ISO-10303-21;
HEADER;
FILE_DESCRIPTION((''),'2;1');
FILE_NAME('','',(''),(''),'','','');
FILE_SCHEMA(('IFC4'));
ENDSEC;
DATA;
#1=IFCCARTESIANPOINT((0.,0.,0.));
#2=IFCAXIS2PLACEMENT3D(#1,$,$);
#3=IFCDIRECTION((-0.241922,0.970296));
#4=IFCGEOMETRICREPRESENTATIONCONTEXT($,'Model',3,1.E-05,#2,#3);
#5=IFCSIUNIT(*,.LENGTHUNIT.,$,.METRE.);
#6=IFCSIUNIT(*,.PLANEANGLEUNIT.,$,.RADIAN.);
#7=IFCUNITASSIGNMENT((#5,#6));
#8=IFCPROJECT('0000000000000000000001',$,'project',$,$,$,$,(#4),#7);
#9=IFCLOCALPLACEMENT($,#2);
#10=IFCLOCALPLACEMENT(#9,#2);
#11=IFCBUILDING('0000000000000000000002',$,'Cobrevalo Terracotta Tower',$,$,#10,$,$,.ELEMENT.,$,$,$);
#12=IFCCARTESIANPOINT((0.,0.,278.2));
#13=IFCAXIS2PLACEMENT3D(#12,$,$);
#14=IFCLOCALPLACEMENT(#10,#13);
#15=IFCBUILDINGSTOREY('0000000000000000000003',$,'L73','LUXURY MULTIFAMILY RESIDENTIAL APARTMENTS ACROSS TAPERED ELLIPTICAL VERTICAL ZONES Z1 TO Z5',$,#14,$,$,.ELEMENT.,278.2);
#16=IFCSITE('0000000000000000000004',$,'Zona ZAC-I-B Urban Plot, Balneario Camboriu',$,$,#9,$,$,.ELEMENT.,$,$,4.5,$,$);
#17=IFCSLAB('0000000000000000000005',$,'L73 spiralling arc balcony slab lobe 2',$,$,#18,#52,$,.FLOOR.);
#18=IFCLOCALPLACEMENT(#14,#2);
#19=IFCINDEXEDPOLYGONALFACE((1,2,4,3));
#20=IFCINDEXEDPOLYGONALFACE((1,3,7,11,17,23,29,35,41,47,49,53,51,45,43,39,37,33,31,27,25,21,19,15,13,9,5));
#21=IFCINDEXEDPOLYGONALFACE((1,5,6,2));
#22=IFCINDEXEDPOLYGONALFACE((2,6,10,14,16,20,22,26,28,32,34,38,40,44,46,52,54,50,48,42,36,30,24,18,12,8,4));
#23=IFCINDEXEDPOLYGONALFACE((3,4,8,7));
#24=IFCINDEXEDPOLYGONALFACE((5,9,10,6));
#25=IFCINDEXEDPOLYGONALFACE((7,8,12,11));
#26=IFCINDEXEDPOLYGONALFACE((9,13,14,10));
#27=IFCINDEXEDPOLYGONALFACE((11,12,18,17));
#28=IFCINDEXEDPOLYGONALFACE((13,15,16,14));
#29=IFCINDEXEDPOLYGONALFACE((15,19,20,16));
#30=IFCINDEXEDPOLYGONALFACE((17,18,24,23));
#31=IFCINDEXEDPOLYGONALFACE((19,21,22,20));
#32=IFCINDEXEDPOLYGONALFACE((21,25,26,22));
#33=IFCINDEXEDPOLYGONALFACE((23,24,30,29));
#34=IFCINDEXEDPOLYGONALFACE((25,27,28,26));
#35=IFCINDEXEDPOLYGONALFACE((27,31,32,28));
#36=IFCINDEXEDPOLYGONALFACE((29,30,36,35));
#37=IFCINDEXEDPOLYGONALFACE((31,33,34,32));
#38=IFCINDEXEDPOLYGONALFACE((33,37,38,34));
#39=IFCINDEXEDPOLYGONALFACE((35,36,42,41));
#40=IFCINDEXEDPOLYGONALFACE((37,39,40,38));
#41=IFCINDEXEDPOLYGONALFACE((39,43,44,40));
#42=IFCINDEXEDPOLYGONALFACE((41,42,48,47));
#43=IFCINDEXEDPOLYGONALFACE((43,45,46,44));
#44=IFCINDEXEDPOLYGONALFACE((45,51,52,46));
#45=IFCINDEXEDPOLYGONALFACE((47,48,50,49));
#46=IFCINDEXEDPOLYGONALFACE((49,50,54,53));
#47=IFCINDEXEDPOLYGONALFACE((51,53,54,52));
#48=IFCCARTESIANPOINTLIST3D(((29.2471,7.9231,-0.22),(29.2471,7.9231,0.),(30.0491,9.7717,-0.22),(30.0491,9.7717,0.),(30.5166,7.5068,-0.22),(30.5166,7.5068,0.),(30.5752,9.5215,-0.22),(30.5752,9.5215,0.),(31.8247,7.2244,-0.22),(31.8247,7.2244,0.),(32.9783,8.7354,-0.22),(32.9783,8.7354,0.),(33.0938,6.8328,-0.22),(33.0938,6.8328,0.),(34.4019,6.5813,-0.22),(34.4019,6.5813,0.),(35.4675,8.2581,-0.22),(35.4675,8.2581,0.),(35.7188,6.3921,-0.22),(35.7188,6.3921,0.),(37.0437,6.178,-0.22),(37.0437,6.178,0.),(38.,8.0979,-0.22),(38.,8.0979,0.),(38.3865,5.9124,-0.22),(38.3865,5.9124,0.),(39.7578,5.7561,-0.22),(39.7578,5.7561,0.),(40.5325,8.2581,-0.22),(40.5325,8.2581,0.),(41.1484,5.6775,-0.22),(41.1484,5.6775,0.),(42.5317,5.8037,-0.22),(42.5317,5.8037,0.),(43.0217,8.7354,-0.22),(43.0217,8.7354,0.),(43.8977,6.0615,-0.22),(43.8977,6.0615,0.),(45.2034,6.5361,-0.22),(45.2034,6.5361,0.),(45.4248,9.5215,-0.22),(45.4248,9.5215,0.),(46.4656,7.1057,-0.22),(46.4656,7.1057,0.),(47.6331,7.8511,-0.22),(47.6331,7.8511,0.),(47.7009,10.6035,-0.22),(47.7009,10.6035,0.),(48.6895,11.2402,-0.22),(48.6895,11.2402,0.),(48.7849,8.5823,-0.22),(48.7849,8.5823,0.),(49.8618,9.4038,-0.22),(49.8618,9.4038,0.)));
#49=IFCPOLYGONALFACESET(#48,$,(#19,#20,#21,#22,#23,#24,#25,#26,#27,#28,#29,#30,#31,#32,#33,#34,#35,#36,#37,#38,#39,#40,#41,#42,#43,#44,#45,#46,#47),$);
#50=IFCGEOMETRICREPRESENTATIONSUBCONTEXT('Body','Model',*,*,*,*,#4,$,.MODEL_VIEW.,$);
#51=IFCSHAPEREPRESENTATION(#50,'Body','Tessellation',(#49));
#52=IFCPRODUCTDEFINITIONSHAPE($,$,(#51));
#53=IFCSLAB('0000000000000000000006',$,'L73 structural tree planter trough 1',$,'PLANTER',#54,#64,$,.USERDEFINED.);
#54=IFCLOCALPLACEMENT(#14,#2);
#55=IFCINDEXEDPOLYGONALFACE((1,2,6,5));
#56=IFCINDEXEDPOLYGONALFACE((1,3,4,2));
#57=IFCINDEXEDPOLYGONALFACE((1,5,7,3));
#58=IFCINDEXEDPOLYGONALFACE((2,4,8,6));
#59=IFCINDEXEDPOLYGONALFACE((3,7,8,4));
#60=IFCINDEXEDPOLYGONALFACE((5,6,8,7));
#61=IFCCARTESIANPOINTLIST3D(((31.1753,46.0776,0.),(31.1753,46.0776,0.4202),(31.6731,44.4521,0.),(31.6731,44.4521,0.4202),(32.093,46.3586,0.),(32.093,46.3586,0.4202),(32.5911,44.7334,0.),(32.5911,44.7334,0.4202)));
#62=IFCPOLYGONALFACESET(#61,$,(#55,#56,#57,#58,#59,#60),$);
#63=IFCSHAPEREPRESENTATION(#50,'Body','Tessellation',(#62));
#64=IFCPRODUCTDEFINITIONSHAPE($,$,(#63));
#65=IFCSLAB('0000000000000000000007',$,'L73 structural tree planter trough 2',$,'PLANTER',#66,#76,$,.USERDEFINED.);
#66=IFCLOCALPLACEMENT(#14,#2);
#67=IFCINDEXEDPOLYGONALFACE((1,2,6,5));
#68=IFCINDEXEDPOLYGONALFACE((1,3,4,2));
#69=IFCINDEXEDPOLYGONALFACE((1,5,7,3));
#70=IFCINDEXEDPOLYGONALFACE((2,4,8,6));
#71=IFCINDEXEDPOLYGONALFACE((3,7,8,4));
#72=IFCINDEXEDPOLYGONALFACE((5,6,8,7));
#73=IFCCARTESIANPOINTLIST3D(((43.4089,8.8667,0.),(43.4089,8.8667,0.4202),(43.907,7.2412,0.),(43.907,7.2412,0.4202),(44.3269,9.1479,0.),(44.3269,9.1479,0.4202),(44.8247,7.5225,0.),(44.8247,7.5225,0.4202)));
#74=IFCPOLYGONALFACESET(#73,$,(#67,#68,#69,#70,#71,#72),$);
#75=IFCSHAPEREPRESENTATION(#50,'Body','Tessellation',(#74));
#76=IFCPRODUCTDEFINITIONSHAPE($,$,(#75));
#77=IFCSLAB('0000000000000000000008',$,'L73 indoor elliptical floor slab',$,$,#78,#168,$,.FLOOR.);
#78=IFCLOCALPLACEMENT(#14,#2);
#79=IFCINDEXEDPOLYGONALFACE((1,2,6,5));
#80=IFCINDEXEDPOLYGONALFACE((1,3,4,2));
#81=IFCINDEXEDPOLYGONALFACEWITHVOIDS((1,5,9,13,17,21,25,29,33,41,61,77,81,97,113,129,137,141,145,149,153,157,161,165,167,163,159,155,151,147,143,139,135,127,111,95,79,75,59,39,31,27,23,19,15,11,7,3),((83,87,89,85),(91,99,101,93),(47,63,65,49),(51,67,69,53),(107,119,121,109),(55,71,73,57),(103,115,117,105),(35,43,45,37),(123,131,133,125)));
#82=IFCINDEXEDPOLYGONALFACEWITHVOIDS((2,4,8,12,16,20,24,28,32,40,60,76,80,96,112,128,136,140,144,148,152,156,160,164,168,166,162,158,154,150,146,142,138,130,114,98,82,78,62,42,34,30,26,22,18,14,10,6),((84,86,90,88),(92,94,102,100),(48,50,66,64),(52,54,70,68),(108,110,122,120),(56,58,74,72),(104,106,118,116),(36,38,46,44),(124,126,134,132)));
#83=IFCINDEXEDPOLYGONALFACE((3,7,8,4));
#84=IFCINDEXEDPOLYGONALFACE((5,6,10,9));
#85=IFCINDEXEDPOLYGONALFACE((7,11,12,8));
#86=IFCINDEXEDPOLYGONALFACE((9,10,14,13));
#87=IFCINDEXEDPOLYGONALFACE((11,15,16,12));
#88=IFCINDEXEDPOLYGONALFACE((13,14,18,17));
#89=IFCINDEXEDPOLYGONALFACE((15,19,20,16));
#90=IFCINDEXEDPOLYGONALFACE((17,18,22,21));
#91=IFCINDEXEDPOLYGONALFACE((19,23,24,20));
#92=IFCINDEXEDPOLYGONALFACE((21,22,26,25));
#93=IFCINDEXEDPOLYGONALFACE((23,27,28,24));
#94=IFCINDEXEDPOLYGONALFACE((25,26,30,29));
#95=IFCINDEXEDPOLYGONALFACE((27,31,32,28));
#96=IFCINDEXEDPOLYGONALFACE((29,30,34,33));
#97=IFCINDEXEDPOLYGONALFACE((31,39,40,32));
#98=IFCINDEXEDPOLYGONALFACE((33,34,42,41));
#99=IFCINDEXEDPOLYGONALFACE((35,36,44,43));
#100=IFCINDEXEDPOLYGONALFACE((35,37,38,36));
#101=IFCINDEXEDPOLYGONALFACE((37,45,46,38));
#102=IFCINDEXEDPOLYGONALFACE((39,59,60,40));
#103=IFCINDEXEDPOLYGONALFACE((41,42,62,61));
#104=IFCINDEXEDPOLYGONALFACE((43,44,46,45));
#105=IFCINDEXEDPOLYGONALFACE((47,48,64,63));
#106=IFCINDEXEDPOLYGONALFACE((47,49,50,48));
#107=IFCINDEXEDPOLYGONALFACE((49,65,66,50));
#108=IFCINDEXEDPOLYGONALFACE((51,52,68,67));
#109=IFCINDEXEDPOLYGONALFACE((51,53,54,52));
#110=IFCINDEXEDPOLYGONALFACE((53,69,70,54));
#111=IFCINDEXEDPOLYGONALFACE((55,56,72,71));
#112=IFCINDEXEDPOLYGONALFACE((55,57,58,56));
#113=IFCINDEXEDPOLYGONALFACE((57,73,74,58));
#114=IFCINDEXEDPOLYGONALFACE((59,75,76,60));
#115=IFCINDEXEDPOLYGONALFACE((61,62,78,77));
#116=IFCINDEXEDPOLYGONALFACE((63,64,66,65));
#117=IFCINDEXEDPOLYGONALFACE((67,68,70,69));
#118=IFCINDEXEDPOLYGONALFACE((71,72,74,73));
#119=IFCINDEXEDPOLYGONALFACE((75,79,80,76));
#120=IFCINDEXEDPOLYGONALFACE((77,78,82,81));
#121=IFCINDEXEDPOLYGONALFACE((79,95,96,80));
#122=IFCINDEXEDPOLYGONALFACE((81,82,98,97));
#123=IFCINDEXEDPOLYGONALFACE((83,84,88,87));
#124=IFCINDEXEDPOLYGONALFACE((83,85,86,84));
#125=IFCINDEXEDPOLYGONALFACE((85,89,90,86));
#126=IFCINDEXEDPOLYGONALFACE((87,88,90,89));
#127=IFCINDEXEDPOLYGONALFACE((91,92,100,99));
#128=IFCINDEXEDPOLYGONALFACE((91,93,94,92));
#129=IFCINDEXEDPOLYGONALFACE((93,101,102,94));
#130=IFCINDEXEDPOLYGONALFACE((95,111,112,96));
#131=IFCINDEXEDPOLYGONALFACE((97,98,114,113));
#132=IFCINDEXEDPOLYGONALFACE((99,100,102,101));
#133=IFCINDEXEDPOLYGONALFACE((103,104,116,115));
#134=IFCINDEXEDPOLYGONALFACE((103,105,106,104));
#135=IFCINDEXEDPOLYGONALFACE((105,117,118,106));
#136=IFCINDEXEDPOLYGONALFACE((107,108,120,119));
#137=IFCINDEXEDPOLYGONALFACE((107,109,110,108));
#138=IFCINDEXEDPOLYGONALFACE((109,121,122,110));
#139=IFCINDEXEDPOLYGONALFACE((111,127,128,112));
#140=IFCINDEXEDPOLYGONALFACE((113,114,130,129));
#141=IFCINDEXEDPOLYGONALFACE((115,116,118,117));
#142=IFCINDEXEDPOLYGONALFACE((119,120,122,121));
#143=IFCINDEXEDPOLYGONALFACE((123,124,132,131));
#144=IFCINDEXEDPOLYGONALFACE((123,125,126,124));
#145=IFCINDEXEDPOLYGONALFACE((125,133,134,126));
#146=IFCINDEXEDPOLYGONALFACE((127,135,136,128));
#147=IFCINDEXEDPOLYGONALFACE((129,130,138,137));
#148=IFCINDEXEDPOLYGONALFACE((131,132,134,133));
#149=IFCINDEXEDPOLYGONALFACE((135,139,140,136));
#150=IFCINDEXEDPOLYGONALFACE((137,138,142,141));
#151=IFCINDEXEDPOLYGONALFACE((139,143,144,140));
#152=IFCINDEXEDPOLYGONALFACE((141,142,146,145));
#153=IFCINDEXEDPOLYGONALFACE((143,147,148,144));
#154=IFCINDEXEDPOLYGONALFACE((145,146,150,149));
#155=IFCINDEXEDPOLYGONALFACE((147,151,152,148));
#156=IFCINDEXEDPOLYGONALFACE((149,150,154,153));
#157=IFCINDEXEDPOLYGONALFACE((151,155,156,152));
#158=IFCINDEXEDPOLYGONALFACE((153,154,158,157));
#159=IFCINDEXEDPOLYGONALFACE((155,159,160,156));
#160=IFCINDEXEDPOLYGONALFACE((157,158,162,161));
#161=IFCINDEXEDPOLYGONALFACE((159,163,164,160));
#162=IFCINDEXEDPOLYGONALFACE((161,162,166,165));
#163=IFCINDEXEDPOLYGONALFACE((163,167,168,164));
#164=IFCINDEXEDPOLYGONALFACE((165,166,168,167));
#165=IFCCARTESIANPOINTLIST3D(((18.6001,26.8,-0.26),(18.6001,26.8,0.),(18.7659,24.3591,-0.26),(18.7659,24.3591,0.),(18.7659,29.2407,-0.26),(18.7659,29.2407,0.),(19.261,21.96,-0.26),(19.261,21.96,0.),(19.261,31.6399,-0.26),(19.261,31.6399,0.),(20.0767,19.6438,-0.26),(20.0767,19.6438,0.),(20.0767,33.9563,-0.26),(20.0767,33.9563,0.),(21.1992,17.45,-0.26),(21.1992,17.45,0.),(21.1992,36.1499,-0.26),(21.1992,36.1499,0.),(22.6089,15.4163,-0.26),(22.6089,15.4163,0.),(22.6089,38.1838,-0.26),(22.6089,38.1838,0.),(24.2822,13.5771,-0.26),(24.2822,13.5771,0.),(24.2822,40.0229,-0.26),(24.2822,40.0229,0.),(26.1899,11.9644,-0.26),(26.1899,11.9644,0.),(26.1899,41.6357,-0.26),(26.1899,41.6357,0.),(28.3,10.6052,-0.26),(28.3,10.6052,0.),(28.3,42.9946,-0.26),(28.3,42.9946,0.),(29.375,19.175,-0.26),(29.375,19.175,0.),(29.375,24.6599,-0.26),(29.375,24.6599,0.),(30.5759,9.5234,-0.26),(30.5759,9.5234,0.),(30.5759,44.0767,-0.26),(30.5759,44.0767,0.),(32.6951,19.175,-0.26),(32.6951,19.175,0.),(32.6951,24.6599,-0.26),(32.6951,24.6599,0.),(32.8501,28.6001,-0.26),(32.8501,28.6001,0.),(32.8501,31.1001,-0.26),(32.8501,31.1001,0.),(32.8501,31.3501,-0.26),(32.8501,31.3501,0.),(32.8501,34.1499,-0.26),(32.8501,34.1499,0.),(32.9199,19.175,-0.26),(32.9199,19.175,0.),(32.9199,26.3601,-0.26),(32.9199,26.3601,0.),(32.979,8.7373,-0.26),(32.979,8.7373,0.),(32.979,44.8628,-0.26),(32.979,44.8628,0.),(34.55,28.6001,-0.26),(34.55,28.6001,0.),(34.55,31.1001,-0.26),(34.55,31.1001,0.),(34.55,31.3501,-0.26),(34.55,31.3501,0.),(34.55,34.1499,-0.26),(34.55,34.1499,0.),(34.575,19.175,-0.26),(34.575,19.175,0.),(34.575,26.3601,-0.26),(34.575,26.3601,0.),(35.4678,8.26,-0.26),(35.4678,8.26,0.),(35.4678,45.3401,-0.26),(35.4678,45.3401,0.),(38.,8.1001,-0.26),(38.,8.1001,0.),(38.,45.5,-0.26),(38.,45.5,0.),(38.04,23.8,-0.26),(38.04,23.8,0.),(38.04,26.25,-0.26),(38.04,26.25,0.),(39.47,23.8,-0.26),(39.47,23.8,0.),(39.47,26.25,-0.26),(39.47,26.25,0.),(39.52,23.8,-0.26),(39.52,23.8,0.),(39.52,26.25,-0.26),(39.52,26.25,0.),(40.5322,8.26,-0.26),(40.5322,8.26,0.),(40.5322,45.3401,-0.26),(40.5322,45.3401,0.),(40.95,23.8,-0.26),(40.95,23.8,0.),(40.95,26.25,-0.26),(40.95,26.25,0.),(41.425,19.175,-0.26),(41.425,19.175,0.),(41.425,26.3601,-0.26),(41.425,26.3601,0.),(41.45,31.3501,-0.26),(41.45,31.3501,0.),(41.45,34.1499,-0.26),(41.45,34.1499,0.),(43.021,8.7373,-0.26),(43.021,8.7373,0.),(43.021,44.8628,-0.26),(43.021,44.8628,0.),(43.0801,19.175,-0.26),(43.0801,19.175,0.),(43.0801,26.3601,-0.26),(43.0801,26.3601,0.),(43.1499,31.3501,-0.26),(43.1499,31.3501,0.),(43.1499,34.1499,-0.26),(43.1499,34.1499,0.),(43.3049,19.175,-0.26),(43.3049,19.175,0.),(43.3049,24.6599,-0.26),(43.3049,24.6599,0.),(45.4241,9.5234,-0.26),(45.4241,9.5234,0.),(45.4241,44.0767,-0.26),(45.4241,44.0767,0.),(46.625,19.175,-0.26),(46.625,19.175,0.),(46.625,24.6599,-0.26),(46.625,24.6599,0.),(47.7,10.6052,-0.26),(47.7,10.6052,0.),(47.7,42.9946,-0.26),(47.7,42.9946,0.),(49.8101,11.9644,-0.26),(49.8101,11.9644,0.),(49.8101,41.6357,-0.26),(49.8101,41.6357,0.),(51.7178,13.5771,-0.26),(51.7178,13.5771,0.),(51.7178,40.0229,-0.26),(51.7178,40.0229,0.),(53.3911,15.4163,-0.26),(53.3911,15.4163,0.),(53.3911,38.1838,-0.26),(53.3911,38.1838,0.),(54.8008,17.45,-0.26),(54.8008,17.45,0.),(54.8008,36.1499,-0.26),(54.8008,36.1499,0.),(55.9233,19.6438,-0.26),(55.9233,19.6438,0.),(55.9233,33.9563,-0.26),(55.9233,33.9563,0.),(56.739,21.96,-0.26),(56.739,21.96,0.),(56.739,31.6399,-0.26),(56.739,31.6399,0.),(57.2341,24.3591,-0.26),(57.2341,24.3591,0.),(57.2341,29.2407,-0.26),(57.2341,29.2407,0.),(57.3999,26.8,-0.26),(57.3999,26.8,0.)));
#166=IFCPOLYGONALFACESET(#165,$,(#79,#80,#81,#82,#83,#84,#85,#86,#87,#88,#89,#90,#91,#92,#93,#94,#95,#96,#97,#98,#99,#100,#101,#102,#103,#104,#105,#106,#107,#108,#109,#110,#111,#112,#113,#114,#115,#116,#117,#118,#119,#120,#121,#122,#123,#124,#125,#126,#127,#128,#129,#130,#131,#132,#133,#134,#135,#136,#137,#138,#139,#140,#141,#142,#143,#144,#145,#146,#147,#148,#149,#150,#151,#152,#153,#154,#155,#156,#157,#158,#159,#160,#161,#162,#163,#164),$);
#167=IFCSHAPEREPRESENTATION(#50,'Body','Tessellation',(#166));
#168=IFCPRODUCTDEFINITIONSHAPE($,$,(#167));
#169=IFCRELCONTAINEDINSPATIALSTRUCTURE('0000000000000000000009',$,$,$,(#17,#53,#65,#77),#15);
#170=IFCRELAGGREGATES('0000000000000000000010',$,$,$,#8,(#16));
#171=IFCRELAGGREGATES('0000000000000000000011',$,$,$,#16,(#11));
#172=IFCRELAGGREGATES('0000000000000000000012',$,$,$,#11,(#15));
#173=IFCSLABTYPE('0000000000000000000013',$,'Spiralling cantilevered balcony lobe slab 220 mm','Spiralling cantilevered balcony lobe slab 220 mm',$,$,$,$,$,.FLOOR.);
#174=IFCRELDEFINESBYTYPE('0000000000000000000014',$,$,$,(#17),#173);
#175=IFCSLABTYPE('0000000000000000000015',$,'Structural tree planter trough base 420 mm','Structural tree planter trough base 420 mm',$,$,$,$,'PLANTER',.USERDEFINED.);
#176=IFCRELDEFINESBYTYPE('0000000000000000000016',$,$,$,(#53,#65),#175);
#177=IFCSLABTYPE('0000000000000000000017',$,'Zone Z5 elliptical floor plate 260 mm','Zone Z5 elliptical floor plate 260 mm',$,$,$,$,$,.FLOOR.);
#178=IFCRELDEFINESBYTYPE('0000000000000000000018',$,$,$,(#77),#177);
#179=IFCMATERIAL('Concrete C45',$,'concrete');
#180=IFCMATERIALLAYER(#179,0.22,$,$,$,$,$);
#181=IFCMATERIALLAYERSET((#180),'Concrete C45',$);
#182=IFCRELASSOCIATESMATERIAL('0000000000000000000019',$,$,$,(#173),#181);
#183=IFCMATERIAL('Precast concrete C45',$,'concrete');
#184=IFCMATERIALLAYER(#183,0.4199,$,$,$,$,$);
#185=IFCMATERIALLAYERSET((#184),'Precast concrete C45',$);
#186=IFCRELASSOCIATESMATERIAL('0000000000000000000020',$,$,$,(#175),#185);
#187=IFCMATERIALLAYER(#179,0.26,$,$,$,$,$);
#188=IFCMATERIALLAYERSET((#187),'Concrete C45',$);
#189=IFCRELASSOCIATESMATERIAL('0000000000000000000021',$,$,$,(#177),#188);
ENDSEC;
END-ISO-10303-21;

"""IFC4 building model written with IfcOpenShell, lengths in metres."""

from ifc_helpers import new_model, si_unit, direction, frame, origin, place, context, subcontext, project, spatial, polyline, outline, extrude, material, layer, layer_set, type_object, element, save


model = new_model("IFC4")

# Units and contexts
model_context = context("Model", 3, precision=1e-05, world=origin(), true_north=direction((-0.241922, 0.970296)))
body_context = subcontext(model_context, "Body", "Model", "MODEL_VIEW")
ifc_project = project(units=[si_unit("LENGTHUNIT", "METRE"), si_unit("PLANEANGLEUNIT", "RADIAN")], contexts=[model_context])

# Site, building, storey
site_placement = place(None, origin())
site = spatial("IfcSite", under=ifc_project, at=site_placement, Name="Zona ZAC-I-B Urban Plot, Balneario Camboriu", CompositionType="ELEMENT", RefElevation=4.5)
building_placement = place(site_placement, origin())
building = spatial("IfcBuilding", under=site, at=building_placement, Name="Cobrevalo Terracotta Tower", CompositionType="ELEMENT")
storey_placement = place(building_placement, frame((0.0, 0.0, 278.2)))
storey = spatial("IfcBuildingStorey", under=building, at=storey_placement, Name="L73", Description="LUXURY MULTIFAMILY RESIDENTIAL APARTMENTS ACROSS TAPERED ELLIPTICAL VERTICAL ZONES Z1 TO Z5", CompositionType="ELEMENT", Elevation=278.2)

# Slabs
ifc_material_1 = material(Name="Concrete C45", Category="concrete")
ifc_layer_1 = layer(ifc_material_1, 0.22)
ifc_layer_set_1 = layer_set([ifc_layer_1], Name="Concrete C45")
slab_type_1 = type_object("IfcSlabType", Name="Spiralling cantilevered balcony lobe slab 220 mm", Description="Spiralling cantilevered balcony lobe slab 220 mm", PredefinedType="FLOOR", material=ifc_layer_set_1)
slab_1_placement = place(storey_placement, frame((0.0, 0.0, -0.22)))
element("IfcSlab", 1, at=slab_1_placement, inside=storey, type_object=slab_type_1, Name="L73 spiralling arc balcony slab lobe 2", PredefinedType="FLOOR", context=body_context, shape_type="SweptSolid", body=[
    extrude(outline(polyline([(29.2471, 7.9231), (30.5166, 7.5068), (31.8247, 7.2244), (33.0938, 6.8328), (34.4019, 6.5813), (35.7188, 6.3921), (37.0437, 6.178), (38.3865, 5.9124), (39.7578, 5.7561), (41.1484, 5.6775), (42.5317, 5.8037), (43.8977, 6.0615), (45.2034, 6.5361), (46.4656, 7.1057), (47.6331, 7.8511), (48.7849, 8.5823), (49.8618, 9.4038), (48.6895, 11.2402), (47.7009, 10.6035), (45.4248, 9.5215), (43.0217, 8.7354), (40.5325, 8.2581), (38.0, 8.0979), (35.4675, 8.2581), (32.9783, 8.7354), (30.5752, 9.5215), (30.0491, 9.7717), (29.2471, 7.9231)])), origin(), (0.0, 0.0, 1.0), 0.22),
])
ifc_material_2 = material(Name="Precast concrete C45", Category="concrete")
ifc_layer_2 = layer(ifc_material_2, 0.4199)
ifc_layer_set_2 = layer_set([ifc_layer_2], Name="Precast concrete C45")
slab_type_2 = type_object("IfcSlabType", Name="Structural tree planter trough base 420 mm", Description="Structural tree planter trough base 420 mm", ElementType="PLANTER", PredefinedType="USERDEFINED", material=ifc_layer_set_2)
slab_2_placement = place(storey_placement, origin())
element("IfcSlab", 2, at=slab_2_placement, inside=storey, type_object=slab_type_2, Name="L73 structural tree planter trough 1", ObjectType="PLANTER", PredefinedType="USERDEFINED", context=body_context, shape_type="SweptSolid", body=[
    extrude(outline(polyline([(32.5911, 44.7334), (32.093, 46.3586), (31.1753, 46.0776), (31.6731, 44.4521), (32.5911, 44.7334)])), origin(), (0.0, 0.0, 1.0), 0.4202),
])
slab_3_placement = place(storey_placement, origin())
element("IfcSlab", 3, at=slab_3_placement, inside=storey, type_object=slab_type_2, Name="L73 structural tree planter trough 2", ObjectType="PLANTER", PredefinedType="USERDEFINED", context=body_context, shape_type="SweptSolid", body=[
    extrude(outline(polyline([(43.4089, 8.8667), (43.907, 7.2412), (44.8247, 7.5225), (44.3269, 9.1479), (43.4089, 8.8667)])), origin(), (0.0, 0.0, 1.0), 0.4202),
])
ifc_layer_3 = layer(ifc_material_1, 0.26)
ifc_layer_set_3 = layer_set([ifc_layer_3], Name="Concrete C45")
slab_type_3 = type_object("IfcSlabType", Name="Zone Z5 elliptical floor plate 260 mm", Description="Zone Z5 elliptical floor plate 260 mm", PredefinedType="FLOOR", material=ifc_layer_set_3)
slab_4_placement = place(storey_placement, frame((0.0, 0.0, -0.26)))
element("IfcSlab", 4, at=slab_4_placement, inside=storey, type_object=slab_type_3, Name="L73 indoor elliptical floor slab", PredefinedType="FLOOR", context=body_context, shape_type="SweptSolid", body=[
    extrude(outline(polyline([(57.2341, 24.3591), (56.739, 21.96), (55.9233, 19.6438), (54.8008, 17.45), (53.3911, 15.4163), (51.7178, 13.5771), (49.8101, 11.9644), (47.7, 10.6052), (45.4241, 9.5234), (43.021, 8.7373), (40.5322, 8.26), (38.0, 8.1001), (35.4678, 8.26), (32.979, 8.7373), (30.5759, 9.5234), (28.3, 10.6052), (26.1899, 11.9644), (24.2822, 13.5771), (22.6089, 15.4163), (21.1992, 17.45), (20.0767, 19.6438), (19.261, 21.96), (18.7659, 24.3591), (18.6001, 26.8), (18.7659, 29.2407), (19.261, 31.6399), (20.0767, 33.9563), (21.1992, 36.1499), (22.6089, 38.1838), (24.2822, 40.0229), (26.1899, 41.6357), (28.3, 42.9946), (30.5759, 44.0767), (32.979, 44.8628), (35.4678, 45.3401), (38.0, 45.5), (40.5322, 45.3401), (43.021, 44.8628), (45.4241, 44.0767), (47.7, 42.9946), (49.8101, 41.6357), (51.7178, 40.0229), (53.3911, 38.1838), (54.8008, 36.1499), (55.9233, 33.9563), (56.739, 31.6399), (57.2341, 29.2407), (57.3999, 26.8), (57.2341, 24.3591)]), holes=[polyline([(32.6951, 19.175), (32.6951, 24.6599), (29.375, 24.6599), (29.375, 19.175), (32.6951, 19.175)]), polyline([(46.625, 19.175), (46.625, 24.6599), (43.3049, 24.6599), (43.3049, 19.175), (46.625, 19.175)]), polyline([(34.575, 26.3601), (32.9199, 26.3601), (32.9199, 19.175), (34.575, 19.175), (34.575, 26.3601)]), polyline([(43.0801, 26.3601), (41.425, 26.3601), (41.425, 19.175), (43.0801, 19.175), (43.0801, 26.3601)]), polyline([(39.47, 26.25), (38.04, 26.25), (38.04, 23.8), (39.47, 23.8), (39.47, 26.25)]), polyline([(40.95, 26.25), (39.52, 26.25), (39.52, 23.8), (40.95, 23.8), (40.95, 26.25)]), polyline([(34.55, 31.1001), (32.8501, 31.1001), (32.8501, 28.6001), (34.55, 28.6001), (34.55, 31.1001)]), polyline([(34.55, 31.3501), (34.55, 34.1499), (32.8501, 34.1499), (32.8501, 31.3501), (34.55, 31.3501)]), polyline([(43.1499, 31.3501), (43.1499, 34.1499), (41.45, 34.1499), (41.45, 31.3501), (43.1499, 31.3501)])]), origin(), (0.0, 0.0, 1.0), 0.26),
])

save(model, "model.ifc")
